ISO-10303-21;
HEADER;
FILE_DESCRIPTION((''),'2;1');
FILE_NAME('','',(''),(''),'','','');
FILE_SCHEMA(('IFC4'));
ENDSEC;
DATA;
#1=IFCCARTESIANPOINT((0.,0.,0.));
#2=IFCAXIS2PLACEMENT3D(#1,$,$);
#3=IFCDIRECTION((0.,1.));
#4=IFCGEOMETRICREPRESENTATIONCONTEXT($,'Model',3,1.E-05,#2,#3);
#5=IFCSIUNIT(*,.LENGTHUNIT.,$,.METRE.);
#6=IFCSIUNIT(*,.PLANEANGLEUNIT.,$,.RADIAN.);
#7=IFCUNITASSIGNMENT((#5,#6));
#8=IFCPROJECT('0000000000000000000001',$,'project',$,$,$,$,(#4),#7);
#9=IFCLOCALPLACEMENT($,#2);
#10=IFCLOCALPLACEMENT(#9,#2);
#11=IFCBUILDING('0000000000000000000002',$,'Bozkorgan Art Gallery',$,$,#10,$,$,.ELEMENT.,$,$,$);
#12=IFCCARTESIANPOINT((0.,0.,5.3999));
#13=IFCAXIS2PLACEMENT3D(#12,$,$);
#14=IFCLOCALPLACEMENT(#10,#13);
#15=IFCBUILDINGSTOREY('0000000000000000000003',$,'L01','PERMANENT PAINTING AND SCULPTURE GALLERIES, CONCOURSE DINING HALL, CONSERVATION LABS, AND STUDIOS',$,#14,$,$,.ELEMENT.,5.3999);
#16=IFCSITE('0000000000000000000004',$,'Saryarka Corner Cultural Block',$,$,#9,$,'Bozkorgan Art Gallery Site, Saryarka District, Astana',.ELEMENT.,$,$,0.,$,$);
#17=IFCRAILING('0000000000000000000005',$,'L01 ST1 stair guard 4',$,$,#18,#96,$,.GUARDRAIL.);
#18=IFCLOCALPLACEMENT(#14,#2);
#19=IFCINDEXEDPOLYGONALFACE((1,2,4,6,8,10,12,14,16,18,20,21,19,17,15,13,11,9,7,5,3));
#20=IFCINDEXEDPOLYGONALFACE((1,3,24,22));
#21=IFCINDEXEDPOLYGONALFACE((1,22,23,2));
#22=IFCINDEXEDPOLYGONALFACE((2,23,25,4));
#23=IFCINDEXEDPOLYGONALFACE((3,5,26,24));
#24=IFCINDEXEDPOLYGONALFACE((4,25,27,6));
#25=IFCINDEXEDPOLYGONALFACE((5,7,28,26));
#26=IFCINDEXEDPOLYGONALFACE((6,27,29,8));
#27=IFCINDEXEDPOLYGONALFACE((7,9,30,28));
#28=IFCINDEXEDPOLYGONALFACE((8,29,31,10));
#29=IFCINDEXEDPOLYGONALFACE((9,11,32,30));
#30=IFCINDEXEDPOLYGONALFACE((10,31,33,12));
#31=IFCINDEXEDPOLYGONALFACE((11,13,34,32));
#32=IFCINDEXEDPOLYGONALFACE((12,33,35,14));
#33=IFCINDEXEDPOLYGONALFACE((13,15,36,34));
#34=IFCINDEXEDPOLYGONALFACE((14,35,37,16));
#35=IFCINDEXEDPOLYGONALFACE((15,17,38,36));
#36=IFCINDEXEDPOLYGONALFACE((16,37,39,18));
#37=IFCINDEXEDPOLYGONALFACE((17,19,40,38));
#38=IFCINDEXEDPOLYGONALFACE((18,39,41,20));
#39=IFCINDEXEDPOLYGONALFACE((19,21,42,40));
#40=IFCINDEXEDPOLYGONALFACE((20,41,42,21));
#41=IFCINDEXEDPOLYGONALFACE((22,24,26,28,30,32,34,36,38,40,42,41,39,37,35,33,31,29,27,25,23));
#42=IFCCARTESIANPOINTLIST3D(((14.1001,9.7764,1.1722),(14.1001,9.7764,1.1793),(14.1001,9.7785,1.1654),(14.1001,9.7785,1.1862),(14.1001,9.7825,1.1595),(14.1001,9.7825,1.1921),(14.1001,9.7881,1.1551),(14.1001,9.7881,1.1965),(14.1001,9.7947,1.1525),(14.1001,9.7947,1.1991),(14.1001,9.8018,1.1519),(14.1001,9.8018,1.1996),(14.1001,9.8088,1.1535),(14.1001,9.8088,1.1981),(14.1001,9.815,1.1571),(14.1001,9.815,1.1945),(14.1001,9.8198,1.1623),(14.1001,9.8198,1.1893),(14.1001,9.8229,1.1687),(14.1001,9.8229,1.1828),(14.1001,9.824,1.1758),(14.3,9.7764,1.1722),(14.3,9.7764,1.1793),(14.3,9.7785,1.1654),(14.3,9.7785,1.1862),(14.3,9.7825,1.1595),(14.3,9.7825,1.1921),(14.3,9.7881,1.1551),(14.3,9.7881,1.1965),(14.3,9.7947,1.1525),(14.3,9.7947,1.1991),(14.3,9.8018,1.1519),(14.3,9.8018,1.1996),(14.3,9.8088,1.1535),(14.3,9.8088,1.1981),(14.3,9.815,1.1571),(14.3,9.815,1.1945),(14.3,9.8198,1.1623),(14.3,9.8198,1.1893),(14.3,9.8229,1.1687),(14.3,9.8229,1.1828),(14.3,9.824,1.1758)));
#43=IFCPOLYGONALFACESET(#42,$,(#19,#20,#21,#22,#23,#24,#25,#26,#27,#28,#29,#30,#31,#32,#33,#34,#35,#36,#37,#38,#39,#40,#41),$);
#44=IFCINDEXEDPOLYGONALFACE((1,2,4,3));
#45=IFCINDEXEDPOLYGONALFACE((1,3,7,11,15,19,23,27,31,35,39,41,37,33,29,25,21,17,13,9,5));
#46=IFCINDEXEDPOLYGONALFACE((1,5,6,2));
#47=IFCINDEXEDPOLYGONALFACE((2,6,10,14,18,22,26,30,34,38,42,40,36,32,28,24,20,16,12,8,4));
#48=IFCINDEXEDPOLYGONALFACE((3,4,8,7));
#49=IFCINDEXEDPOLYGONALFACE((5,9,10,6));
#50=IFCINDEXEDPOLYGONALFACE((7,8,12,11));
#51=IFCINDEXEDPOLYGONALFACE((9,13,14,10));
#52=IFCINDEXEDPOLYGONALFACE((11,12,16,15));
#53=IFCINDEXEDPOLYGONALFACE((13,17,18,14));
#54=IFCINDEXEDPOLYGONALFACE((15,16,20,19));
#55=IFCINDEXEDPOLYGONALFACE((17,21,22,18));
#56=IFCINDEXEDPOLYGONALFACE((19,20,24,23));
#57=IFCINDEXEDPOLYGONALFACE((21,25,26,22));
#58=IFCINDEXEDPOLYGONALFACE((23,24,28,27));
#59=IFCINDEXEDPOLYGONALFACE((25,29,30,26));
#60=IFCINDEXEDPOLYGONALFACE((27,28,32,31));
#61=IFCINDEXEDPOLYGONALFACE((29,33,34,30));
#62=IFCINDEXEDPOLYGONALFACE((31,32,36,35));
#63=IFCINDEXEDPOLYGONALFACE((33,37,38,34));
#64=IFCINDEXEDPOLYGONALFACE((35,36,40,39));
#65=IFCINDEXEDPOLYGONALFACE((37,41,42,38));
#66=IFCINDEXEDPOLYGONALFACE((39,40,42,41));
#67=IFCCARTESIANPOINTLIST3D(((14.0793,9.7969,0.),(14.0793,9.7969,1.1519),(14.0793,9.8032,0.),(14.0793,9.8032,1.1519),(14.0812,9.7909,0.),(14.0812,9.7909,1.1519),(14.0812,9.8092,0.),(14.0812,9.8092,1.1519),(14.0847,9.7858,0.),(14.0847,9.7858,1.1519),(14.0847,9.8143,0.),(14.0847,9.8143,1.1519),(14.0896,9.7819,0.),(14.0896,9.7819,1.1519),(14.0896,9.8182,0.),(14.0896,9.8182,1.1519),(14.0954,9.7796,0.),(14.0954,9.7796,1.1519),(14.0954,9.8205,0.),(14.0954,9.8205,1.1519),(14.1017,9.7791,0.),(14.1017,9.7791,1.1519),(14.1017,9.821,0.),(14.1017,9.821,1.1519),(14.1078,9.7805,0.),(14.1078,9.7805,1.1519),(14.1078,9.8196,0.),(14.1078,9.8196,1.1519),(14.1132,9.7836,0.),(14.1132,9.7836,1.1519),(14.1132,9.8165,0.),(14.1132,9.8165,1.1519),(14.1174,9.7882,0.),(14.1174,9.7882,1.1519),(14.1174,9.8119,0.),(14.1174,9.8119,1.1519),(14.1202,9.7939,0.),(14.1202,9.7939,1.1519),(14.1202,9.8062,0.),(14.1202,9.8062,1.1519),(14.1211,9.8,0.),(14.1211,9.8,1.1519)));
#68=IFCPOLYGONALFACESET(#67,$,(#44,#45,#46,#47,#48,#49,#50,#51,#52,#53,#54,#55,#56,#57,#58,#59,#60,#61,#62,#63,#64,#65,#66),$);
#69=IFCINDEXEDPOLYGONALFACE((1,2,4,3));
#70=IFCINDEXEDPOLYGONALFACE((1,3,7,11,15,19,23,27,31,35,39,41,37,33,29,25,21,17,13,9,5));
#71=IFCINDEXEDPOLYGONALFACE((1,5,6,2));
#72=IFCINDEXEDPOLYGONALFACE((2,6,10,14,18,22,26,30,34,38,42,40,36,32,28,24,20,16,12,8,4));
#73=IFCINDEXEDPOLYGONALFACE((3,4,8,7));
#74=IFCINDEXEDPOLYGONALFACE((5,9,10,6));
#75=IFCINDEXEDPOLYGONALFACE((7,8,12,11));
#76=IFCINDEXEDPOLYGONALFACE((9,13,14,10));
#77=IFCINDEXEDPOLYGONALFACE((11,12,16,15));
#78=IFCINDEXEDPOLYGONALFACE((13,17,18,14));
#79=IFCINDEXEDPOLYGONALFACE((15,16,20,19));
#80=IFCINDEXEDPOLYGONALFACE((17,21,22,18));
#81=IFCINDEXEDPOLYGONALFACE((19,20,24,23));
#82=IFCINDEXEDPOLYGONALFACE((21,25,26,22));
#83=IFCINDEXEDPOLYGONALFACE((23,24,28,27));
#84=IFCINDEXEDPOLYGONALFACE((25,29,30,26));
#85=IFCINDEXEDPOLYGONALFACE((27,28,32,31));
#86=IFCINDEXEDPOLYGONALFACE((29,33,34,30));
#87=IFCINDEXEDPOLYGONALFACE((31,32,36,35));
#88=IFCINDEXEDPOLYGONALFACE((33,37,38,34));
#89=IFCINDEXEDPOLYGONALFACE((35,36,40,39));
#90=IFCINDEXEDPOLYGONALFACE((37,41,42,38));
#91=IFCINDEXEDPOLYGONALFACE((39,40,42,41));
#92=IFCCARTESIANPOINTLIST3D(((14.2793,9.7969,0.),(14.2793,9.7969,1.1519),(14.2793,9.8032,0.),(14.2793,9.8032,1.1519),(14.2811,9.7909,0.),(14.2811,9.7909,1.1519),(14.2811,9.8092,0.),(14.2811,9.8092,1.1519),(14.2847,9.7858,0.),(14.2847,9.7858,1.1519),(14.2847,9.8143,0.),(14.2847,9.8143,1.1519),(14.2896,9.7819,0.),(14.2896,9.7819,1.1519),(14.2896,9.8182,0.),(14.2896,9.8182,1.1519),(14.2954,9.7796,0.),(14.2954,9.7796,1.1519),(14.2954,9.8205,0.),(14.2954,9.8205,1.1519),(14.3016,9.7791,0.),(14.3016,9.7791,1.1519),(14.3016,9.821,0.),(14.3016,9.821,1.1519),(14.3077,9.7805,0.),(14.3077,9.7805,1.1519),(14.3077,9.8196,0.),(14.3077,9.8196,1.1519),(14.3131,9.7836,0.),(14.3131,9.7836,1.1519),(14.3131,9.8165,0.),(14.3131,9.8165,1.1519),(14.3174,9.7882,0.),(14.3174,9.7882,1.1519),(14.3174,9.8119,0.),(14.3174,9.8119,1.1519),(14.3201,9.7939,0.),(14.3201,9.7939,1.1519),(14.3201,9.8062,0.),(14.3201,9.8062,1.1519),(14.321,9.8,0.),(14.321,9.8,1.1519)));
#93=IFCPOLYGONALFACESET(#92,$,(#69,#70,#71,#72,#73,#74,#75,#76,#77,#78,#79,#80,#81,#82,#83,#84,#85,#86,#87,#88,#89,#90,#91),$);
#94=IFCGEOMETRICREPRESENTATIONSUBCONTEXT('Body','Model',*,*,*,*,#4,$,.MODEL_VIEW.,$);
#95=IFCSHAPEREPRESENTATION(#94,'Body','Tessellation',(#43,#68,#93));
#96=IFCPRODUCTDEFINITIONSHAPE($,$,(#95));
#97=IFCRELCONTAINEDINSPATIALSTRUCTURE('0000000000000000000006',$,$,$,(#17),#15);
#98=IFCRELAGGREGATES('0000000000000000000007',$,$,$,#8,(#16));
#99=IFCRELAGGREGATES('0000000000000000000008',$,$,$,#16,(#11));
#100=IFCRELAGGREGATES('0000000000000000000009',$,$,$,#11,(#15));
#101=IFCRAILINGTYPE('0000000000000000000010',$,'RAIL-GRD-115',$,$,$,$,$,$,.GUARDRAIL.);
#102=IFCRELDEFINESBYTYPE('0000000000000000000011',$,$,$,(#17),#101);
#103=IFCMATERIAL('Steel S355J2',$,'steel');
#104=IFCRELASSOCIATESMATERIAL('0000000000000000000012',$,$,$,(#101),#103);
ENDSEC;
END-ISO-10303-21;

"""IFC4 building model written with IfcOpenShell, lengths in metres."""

from ifc_helpers import new_model, si_unit, direction, frame, origin, origin_2d, place, context, subcontext, project, spatial, circle, extrude, material, type_object, element, save


model = new_model("IFC4")

# Units and contexts
model_context = context("Model", 3, precision=1e-05, world=origin(), true_north=direction((0.0, 1.0)))
body_context = subcontext(model_context, "Body", "Model", "MODEL_VIEW")
ifc_project = project(units=[si_unit("LENGTHUNIT", "METRE"), si_unit("PLANEANGLEUNIT", "RADIAN")], contexts=[model_context])

# Site, building, storey
site_placement = place(None, origin())
site = spatial("IfcSite", under=ifc_project, at=site_placement, Name="Saryarka Corner Cultural Block", LongName="Bozkorgan Art Gallery Site, Saryarka District, Astana", CompositionType="ELEMENT", RefElevation=0.0)
building_placement = place(site_placement, origin())
building = spatial("IfcBuilding", under=site, at=building_placement, Name="Bozkorgan Art Gallery", CompositionType="ELEMENT")
storey_placement = place(building_placement, frame((0.0, 0.0, 5.3999)))
storey = spatial("IfcBuildingStorey", under=building, at=storey_placement, Name="L01", Description="PERMANENT PAINTING AND SCULPTURE GALLERIES, CONCOURSE DINING HALL, CONSERVATION LABS, AND STUDIOS", CompositionType="ELEMENT", Elevation=5.3999)

# Shared definitions
ifc_material_1 = material(Name="Steel S355J2", Category="steel")

# Railing
railing_type_1 = type_object("IfcRailingType", Name="RAIL-GRD-115", PredefinedType="GUARDRAIL", material=ifc_material_1)
railing_1_placement = place(storey_placement, frame((14.1001, 9.8, 0.0)))
element("IfcRailing", 1, at=railing_1_placement, inside=storey, type_object=railing_type_1, Name="L01 ST1 stair guard 4", PredefinedType="GUARDRAIL", context=body_context, shape_type="SweptSolid", body=[
    extrude(circle(Radius=0.0239, at=origin_2d()), frame((0.0, 0.0, 1.1758), z_axis=(1.0, 0.0, 0.0), x_axis=(0.0, 1.0, 0.0)), (0.0, 0.0, 1.0), 0.2),
    extrude(circle(Radius=0.021, at=origin_2d()), origin(), (0.0, 0.0, 1.0), 1.1519),
    extrude(circle(Radius=0.021, at=origin_2d()), frame((0.2, 0.0, 0.0)), (0.0, 0.0, 1.0), 1.1519),
])

save(model, "model.ifc")
